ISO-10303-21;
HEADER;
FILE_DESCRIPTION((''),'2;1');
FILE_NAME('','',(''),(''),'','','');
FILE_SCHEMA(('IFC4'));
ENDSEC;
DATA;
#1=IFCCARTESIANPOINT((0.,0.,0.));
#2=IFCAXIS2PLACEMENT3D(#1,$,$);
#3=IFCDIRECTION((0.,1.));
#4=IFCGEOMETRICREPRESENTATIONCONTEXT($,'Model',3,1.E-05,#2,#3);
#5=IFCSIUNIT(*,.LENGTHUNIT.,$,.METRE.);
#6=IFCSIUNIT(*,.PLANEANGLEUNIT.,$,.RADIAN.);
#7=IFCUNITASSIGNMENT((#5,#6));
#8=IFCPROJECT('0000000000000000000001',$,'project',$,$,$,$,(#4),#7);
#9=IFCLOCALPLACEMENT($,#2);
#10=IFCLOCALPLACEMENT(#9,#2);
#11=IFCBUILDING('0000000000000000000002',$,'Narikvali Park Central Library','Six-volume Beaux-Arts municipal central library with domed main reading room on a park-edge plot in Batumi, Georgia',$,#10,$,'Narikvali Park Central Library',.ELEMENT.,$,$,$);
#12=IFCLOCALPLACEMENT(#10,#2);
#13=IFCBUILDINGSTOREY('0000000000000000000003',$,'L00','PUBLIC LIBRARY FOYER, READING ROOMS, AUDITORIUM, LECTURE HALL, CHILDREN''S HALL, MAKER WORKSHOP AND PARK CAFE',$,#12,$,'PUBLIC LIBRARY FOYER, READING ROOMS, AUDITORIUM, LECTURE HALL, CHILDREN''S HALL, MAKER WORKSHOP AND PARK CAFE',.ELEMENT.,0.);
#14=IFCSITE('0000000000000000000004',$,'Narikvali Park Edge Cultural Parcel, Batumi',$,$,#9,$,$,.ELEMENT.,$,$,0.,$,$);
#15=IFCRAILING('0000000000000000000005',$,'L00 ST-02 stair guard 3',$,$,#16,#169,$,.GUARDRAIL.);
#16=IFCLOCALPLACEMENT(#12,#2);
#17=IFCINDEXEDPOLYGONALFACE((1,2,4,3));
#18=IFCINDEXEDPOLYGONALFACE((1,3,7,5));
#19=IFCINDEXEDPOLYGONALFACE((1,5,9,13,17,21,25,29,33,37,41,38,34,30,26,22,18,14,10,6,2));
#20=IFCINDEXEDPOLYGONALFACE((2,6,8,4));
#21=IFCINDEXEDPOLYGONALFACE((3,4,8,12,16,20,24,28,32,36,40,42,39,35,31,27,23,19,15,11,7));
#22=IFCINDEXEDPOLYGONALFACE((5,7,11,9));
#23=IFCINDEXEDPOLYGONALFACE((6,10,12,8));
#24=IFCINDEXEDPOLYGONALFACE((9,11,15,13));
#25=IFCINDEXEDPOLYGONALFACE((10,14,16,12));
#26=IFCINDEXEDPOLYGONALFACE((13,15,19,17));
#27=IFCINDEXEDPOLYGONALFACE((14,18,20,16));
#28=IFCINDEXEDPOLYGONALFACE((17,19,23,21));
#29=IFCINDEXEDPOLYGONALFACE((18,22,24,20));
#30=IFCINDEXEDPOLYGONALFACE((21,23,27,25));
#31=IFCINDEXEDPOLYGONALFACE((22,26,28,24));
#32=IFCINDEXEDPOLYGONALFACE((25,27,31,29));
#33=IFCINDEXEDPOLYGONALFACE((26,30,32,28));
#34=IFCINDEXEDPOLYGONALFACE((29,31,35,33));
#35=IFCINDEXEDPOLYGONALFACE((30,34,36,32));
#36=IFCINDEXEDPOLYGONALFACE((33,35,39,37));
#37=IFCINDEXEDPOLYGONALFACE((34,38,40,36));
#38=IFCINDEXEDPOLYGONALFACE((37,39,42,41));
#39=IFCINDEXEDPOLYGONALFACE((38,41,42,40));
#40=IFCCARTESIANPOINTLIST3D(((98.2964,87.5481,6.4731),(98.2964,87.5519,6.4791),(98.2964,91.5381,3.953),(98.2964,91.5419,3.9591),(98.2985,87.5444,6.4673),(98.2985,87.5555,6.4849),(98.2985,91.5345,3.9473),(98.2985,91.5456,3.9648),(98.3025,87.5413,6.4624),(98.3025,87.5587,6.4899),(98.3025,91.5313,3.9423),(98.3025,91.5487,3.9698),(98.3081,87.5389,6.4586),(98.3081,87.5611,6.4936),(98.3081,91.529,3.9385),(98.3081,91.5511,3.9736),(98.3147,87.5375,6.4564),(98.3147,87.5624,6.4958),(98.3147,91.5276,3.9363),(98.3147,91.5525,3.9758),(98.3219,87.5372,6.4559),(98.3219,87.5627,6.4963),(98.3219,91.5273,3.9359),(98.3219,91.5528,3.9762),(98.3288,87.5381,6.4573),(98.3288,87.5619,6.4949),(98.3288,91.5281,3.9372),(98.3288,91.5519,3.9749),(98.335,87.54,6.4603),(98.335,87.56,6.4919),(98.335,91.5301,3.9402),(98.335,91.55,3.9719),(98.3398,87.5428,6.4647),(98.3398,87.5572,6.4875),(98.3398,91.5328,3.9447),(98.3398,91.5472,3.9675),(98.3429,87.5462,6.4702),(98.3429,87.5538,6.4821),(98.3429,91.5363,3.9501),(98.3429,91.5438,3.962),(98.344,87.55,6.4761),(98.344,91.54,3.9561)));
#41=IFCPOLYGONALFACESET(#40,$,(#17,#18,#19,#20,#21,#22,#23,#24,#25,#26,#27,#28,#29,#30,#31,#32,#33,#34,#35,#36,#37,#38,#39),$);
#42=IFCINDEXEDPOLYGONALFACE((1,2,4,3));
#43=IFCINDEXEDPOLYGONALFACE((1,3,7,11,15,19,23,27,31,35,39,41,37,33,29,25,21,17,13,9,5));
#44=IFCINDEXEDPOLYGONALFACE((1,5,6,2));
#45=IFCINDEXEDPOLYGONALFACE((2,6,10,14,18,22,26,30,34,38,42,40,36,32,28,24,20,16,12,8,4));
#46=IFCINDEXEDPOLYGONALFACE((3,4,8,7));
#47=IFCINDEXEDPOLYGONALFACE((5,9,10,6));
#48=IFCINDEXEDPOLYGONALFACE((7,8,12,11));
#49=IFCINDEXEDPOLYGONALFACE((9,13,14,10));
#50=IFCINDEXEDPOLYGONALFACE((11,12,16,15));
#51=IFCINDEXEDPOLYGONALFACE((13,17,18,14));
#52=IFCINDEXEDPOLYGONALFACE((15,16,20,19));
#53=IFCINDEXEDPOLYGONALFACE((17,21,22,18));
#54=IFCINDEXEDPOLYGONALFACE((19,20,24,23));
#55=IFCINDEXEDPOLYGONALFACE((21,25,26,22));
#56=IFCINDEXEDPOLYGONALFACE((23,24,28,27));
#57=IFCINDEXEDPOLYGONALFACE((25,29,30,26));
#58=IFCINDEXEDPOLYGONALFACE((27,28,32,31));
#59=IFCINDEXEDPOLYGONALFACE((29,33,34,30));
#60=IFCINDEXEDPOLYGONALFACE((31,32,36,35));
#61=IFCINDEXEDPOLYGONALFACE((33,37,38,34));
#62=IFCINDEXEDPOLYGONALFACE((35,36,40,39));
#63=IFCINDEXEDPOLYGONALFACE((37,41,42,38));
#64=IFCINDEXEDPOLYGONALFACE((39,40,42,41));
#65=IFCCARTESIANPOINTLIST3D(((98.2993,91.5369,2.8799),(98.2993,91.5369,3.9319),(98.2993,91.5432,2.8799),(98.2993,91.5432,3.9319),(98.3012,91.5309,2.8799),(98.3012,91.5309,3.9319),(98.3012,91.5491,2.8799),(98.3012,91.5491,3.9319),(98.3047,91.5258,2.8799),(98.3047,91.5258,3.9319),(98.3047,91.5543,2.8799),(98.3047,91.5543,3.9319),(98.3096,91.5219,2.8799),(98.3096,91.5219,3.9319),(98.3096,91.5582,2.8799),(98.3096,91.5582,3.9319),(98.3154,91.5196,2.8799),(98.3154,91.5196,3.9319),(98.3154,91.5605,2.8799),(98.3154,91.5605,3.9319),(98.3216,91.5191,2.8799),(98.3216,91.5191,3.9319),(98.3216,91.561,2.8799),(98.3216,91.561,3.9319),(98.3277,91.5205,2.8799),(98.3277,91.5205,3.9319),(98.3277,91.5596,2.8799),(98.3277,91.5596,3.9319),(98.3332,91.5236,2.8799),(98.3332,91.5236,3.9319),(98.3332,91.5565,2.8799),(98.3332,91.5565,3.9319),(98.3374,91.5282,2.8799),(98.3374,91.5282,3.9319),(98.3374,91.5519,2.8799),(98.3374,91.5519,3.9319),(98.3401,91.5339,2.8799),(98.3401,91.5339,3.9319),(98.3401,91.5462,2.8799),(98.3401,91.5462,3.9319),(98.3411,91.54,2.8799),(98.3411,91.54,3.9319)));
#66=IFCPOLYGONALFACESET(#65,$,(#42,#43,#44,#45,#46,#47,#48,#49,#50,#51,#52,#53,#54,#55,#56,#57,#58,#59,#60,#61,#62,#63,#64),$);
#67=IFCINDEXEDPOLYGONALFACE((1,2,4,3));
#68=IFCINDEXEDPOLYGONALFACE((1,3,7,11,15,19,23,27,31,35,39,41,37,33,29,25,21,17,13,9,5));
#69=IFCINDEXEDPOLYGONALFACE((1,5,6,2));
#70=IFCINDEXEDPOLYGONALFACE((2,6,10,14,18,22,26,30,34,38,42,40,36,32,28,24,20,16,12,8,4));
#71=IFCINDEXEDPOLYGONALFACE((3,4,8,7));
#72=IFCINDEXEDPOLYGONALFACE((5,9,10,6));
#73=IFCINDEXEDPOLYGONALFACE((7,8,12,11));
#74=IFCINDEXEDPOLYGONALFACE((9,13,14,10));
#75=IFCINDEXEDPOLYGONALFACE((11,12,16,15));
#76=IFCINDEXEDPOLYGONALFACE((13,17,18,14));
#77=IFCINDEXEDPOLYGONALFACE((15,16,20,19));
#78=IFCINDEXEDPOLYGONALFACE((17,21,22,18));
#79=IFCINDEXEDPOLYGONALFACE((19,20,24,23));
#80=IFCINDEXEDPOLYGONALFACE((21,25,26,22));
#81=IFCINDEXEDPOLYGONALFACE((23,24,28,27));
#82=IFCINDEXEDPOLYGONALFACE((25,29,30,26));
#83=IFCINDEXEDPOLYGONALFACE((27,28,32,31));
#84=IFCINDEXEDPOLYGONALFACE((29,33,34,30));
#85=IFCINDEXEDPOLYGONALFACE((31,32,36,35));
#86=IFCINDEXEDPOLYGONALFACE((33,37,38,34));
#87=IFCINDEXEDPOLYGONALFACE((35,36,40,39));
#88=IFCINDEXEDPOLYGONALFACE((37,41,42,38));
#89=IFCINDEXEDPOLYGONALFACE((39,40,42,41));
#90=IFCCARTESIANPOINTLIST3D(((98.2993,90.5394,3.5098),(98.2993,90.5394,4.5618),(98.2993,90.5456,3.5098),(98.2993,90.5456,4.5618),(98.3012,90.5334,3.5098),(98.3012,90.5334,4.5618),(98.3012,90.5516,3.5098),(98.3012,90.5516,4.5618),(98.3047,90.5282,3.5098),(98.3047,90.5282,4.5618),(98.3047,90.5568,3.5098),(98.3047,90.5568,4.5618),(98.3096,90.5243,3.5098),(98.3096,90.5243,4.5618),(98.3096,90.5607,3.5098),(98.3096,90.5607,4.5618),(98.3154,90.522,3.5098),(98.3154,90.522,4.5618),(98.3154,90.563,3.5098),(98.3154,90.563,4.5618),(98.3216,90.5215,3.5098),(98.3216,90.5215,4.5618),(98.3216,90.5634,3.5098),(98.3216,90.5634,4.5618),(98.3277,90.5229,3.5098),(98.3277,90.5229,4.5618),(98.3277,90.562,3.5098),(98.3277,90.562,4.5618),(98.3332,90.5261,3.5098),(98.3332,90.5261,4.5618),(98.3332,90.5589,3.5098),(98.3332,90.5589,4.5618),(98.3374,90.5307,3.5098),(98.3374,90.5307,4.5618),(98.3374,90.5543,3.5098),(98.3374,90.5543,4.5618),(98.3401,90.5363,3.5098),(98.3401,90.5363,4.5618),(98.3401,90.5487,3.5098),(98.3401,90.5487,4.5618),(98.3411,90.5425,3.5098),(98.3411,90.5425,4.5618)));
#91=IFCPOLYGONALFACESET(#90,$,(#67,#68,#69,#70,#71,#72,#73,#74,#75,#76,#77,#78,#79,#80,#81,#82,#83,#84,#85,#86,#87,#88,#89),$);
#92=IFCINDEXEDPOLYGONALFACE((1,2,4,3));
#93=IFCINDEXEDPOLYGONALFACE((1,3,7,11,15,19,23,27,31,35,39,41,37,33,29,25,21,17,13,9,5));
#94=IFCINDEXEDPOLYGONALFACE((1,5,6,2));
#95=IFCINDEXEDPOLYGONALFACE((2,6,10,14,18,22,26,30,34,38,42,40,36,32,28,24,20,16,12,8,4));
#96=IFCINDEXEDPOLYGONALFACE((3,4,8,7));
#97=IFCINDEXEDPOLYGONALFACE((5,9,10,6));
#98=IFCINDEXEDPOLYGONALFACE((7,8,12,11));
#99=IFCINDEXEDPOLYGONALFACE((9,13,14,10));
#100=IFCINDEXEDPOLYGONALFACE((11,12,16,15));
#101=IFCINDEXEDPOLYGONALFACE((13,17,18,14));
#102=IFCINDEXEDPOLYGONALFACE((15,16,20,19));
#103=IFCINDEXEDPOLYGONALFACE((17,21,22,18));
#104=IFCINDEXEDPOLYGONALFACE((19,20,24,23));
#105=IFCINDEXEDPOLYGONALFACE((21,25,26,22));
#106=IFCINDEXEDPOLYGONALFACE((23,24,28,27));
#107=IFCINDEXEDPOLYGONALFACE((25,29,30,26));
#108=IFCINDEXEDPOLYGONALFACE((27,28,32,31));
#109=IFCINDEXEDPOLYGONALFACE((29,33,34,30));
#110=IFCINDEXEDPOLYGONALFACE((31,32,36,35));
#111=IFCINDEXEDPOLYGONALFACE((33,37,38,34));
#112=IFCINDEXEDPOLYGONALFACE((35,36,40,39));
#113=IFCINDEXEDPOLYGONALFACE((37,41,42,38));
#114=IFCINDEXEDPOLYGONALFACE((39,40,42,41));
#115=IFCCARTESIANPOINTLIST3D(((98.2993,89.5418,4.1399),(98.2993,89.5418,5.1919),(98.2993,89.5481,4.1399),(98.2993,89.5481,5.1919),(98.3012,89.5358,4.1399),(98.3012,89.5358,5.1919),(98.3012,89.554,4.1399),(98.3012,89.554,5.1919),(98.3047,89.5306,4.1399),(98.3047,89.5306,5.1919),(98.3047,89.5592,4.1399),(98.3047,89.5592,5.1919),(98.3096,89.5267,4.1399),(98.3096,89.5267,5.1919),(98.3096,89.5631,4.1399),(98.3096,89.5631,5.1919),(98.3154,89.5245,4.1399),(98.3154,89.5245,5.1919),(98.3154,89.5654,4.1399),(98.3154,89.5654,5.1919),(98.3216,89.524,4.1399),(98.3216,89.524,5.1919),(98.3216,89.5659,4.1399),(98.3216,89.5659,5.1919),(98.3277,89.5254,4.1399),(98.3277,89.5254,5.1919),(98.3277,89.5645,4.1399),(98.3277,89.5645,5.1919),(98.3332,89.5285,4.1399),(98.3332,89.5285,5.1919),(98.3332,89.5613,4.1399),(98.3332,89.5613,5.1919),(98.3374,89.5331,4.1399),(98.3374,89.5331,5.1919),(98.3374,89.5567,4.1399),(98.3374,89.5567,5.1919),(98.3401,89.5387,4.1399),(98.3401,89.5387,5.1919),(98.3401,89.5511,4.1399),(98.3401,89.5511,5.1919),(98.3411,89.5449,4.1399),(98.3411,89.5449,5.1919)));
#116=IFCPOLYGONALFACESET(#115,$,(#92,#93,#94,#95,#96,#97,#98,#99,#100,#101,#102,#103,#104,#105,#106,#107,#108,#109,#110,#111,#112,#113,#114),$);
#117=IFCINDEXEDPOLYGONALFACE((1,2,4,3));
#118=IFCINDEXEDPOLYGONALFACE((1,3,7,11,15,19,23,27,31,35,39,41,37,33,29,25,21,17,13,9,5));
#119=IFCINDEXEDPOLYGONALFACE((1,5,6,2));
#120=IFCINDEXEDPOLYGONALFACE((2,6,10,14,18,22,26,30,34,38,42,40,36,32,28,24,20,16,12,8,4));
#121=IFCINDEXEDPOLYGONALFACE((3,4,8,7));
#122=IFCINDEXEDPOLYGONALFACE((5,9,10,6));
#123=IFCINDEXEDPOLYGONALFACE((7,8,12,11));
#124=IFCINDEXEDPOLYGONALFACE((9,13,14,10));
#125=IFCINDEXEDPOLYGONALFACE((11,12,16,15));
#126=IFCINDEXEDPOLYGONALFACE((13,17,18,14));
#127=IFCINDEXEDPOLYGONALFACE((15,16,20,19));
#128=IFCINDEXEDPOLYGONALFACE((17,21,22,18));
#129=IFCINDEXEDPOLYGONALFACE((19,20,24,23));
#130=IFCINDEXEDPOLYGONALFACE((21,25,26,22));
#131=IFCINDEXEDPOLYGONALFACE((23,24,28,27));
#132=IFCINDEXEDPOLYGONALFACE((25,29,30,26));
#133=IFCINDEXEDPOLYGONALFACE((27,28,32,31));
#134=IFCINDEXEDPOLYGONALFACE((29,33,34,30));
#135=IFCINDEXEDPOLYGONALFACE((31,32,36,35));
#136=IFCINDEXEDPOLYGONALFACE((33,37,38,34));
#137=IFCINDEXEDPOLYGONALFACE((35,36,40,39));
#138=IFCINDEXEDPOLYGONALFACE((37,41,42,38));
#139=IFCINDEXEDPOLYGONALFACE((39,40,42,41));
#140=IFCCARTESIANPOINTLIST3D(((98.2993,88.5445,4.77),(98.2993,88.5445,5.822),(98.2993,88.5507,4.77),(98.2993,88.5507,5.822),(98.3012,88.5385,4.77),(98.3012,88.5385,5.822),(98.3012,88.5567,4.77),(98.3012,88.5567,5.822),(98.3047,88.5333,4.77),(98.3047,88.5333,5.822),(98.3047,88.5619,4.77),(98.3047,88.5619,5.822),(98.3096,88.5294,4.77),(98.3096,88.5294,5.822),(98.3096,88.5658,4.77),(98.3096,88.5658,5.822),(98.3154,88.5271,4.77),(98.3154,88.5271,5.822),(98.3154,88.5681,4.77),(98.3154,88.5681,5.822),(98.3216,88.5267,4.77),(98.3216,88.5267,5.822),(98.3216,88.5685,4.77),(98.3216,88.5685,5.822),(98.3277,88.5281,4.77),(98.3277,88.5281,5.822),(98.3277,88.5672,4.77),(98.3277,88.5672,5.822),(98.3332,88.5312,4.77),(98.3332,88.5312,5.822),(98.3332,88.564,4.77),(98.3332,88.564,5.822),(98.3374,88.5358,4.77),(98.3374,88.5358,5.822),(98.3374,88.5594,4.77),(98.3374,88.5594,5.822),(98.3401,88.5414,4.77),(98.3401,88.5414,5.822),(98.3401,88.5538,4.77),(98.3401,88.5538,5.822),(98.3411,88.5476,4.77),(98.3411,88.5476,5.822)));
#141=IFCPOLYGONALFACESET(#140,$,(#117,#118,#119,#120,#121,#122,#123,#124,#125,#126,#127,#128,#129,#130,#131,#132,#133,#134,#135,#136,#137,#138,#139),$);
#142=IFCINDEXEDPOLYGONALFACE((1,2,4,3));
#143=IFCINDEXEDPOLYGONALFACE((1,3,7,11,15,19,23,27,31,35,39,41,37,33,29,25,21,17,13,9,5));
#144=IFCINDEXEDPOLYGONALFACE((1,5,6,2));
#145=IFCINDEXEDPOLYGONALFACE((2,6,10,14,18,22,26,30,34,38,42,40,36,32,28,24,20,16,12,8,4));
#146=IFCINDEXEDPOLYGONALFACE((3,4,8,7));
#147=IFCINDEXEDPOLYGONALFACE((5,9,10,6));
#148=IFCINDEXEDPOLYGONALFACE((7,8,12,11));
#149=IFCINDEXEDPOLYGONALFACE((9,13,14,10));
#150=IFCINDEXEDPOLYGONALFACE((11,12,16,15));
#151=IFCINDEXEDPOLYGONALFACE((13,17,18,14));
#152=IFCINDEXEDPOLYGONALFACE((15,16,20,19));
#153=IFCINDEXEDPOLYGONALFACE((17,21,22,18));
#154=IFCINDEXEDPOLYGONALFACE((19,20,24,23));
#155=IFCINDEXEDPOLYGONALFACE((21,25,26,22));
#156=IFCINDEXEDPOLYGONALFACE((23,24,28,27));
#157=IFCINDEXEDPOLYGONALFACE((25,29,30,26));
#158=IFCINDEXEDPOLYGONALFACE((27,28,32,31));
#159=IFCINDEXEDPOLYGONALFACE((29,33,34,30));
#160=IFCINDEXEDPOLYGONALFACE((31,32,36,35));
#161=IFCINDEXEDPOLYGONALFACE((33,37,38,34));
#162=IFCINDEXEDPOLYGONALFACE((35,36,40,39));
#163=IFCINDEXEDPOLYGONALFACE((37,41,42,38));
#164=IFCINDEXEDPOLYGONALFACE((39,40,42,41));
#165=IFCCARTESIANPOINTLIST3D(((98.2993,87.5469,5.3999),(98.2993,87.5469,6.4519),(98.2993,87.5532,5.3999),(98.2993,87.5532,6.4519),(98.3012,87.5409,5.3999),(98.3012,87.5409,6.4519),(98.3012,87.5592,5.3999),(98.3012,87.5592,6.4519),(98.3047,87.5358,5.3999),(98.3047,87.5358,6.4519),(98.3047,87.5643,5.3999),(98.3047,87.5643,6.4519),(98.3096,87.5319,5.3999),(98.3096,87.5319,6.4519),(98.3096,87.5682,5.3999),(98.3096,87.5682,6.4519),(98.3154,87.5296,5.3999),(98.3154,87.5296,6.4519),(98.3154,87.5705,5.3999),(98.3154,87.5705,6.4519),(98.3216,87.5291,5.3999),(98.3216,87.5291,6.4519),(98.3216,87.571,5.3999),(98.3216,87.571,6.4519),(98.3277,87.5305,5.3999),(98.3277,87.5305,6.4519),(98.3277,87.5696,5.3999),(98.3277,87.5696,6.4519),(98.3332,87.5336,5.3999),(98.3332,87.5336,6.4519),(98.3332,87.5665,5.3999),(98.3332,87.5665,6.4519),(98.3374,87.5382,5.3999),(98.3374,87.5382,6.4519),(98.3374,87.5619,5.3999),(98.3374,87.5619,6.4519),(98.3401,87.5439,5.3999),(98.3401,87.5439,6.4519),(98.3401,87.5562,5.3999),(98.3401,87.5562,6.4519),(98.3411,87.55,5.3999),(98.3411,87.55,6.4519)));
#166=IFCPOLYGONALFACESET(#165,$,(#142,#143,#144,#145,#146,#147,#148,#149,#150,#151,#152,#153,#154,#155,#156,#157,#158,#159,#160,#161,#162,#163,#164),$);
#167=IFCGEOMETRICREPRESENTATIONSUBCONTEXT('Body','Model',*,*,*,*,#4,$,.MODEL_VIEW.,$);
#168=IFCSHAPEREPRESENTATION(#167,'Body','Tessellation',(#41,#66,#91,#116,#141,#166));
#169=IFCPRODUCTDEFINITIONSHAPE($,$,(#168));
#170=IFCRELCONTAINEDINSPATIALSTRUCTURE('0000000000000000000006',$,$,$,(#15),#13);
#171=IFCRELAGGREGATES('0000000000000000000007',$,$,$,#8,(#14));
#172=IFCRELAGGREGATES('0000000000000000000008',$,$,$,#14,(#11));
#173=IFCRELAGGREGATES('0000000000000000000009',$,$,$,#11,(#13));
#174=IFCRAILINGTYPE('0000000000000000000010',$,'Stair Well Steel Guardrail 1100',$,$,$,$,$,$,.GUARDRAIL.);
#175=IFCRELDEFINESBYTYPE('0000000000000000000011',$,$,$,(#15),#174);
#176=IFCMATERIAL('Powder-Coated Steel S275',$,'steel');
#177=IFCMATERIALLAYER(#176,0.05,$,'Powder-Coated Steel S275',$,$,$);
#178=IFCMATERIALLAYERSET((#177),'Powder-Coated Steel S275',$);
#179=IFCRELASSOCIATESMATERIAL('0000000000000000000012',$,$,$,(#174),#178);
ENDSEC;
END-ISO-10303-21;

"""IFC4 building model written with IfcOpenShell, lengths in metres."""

from ifc_helpers import new_model, si_unit, direction, frame, origin, origin_2d, place, context, subcontext, project, spatial, circle, extrude, material, layer, layer_set, type_object, element, save


model = new_model("IFC4")

# Units and contexts
model_context = context("Model", 3, precision=1e-05, world=origin(), true_north=direction((0.0, 1.0)))
body_context = subcontext(model_context, "Body", "Model", "MODEL_VIEW")
ifc_project = project(units=[si_unit("LENGTHUNIT", "METRE"), si_unit("PLANEANGLEUNIT", "RADIAN")], contexts=[model_context])

# Site, building, storey
site_placement = place(None, origin())
site = spatial("IfcSite", under=ifc_project, at=site_placement, Name="Narikvali Park Edge Cultural Parcel, Batumi", CompositionType="ELEMENT", RefElevation=0.0)
building_placement = place(site_placement, origin())
building = spatial("IfcBuilding", under=site, at=building_placement, Name="Narikvali Park Central Library", Description="Six-volume Beaux-Arts municipal central library with domed main reading room on a park-edge plot in Batumi, Georgia", LongName="Narikvali Park Central Library", CompositionType="ELEMENT")
storey_placement = place(building_placement, origin())
storey = spatial("IfcBuildingStorey", under=building, at=storey_placement, Name="L00", Description="PUBLIC LIBRARY FOYER, READING ROOMS, AUDITORIUM, LECTURE HALL, CHILDREN'S HALL, MAKER WORKSHOP AND PARK CAFE", LongName="PUBLIC LIBRARY FOYER, READING ROOMS, AUDITORIUM, LECTURE HALL, CHILDREN'S HALL, MAKER WORKSHOP AND PARK CAFE", CompositionType="ELEMENT", Elevation=0.0)

# Railing
ifc_material_1 = material(Name="Powder-Coated Steel S275", Category="steel")
ifc_layer_1 = layer(ifc_material_1, 0.05, Name="Powder-Coated Steel S275")
ifc_layer_set_1 = layer_set([ifc_layer_1], Name="Powder-Coated Steel S275")
railing_type_1 = type_object("IfcRailingType", Name="Stair Well Steel Guardrail 1100", PredefinedType="GUARDRAIL", material=ifc_layer_set_1)
railing_1_placement = place(storey_placement, frame((98.3201, 91.54, 2.8799)))
element("IfcRailing", 1, at=railing_1_placement, inside=storey, type_object=railing_type_1, Name="L00 ST-02 stair guard 3", PredefinedType="GUARDRAIL", context=body_context, shape_type="SweptSolid", body=[
    extrude(circle(Radius=0.0239, at=origin_2d()), frame((0.0, 0.0, 1.0762), z_axis=(0.0, -0.845486, 0.533997), x_axis=(1.0, 0.0, 0.0)), (0.0, 0.0, 1.0), 4.7192),
    extrude(circle(Radius=0.021, at=origin_2d()), origin(), (0.0, 0.0, 1.0), 1.052),
    extrude(circle(Radius=0.021, at=origin_2d()), frame((0.0, -0.9976, 0.6299)), (0.0, 0.0, 1.0), 1.052),
    extrude(circle(Radius=0.021, at=origin_2d()), frame((0.0, -1.9951, 1.26)), (0.0, 0.0, 1.0), 1.052),
    extrude(circle(Radius=0.021, at=origin_2d()), frame((0.0, -2.9924, 1.8901)), (0.0, 0.0, 1.0), 1.052),
    extrude(circle(Radius=0.021, at=origin_2d()), frame((0.0, -3.99, 2.52)), (0.0, 0.0, 1.0), 1.052),
])

save(model, "model.ifc")
